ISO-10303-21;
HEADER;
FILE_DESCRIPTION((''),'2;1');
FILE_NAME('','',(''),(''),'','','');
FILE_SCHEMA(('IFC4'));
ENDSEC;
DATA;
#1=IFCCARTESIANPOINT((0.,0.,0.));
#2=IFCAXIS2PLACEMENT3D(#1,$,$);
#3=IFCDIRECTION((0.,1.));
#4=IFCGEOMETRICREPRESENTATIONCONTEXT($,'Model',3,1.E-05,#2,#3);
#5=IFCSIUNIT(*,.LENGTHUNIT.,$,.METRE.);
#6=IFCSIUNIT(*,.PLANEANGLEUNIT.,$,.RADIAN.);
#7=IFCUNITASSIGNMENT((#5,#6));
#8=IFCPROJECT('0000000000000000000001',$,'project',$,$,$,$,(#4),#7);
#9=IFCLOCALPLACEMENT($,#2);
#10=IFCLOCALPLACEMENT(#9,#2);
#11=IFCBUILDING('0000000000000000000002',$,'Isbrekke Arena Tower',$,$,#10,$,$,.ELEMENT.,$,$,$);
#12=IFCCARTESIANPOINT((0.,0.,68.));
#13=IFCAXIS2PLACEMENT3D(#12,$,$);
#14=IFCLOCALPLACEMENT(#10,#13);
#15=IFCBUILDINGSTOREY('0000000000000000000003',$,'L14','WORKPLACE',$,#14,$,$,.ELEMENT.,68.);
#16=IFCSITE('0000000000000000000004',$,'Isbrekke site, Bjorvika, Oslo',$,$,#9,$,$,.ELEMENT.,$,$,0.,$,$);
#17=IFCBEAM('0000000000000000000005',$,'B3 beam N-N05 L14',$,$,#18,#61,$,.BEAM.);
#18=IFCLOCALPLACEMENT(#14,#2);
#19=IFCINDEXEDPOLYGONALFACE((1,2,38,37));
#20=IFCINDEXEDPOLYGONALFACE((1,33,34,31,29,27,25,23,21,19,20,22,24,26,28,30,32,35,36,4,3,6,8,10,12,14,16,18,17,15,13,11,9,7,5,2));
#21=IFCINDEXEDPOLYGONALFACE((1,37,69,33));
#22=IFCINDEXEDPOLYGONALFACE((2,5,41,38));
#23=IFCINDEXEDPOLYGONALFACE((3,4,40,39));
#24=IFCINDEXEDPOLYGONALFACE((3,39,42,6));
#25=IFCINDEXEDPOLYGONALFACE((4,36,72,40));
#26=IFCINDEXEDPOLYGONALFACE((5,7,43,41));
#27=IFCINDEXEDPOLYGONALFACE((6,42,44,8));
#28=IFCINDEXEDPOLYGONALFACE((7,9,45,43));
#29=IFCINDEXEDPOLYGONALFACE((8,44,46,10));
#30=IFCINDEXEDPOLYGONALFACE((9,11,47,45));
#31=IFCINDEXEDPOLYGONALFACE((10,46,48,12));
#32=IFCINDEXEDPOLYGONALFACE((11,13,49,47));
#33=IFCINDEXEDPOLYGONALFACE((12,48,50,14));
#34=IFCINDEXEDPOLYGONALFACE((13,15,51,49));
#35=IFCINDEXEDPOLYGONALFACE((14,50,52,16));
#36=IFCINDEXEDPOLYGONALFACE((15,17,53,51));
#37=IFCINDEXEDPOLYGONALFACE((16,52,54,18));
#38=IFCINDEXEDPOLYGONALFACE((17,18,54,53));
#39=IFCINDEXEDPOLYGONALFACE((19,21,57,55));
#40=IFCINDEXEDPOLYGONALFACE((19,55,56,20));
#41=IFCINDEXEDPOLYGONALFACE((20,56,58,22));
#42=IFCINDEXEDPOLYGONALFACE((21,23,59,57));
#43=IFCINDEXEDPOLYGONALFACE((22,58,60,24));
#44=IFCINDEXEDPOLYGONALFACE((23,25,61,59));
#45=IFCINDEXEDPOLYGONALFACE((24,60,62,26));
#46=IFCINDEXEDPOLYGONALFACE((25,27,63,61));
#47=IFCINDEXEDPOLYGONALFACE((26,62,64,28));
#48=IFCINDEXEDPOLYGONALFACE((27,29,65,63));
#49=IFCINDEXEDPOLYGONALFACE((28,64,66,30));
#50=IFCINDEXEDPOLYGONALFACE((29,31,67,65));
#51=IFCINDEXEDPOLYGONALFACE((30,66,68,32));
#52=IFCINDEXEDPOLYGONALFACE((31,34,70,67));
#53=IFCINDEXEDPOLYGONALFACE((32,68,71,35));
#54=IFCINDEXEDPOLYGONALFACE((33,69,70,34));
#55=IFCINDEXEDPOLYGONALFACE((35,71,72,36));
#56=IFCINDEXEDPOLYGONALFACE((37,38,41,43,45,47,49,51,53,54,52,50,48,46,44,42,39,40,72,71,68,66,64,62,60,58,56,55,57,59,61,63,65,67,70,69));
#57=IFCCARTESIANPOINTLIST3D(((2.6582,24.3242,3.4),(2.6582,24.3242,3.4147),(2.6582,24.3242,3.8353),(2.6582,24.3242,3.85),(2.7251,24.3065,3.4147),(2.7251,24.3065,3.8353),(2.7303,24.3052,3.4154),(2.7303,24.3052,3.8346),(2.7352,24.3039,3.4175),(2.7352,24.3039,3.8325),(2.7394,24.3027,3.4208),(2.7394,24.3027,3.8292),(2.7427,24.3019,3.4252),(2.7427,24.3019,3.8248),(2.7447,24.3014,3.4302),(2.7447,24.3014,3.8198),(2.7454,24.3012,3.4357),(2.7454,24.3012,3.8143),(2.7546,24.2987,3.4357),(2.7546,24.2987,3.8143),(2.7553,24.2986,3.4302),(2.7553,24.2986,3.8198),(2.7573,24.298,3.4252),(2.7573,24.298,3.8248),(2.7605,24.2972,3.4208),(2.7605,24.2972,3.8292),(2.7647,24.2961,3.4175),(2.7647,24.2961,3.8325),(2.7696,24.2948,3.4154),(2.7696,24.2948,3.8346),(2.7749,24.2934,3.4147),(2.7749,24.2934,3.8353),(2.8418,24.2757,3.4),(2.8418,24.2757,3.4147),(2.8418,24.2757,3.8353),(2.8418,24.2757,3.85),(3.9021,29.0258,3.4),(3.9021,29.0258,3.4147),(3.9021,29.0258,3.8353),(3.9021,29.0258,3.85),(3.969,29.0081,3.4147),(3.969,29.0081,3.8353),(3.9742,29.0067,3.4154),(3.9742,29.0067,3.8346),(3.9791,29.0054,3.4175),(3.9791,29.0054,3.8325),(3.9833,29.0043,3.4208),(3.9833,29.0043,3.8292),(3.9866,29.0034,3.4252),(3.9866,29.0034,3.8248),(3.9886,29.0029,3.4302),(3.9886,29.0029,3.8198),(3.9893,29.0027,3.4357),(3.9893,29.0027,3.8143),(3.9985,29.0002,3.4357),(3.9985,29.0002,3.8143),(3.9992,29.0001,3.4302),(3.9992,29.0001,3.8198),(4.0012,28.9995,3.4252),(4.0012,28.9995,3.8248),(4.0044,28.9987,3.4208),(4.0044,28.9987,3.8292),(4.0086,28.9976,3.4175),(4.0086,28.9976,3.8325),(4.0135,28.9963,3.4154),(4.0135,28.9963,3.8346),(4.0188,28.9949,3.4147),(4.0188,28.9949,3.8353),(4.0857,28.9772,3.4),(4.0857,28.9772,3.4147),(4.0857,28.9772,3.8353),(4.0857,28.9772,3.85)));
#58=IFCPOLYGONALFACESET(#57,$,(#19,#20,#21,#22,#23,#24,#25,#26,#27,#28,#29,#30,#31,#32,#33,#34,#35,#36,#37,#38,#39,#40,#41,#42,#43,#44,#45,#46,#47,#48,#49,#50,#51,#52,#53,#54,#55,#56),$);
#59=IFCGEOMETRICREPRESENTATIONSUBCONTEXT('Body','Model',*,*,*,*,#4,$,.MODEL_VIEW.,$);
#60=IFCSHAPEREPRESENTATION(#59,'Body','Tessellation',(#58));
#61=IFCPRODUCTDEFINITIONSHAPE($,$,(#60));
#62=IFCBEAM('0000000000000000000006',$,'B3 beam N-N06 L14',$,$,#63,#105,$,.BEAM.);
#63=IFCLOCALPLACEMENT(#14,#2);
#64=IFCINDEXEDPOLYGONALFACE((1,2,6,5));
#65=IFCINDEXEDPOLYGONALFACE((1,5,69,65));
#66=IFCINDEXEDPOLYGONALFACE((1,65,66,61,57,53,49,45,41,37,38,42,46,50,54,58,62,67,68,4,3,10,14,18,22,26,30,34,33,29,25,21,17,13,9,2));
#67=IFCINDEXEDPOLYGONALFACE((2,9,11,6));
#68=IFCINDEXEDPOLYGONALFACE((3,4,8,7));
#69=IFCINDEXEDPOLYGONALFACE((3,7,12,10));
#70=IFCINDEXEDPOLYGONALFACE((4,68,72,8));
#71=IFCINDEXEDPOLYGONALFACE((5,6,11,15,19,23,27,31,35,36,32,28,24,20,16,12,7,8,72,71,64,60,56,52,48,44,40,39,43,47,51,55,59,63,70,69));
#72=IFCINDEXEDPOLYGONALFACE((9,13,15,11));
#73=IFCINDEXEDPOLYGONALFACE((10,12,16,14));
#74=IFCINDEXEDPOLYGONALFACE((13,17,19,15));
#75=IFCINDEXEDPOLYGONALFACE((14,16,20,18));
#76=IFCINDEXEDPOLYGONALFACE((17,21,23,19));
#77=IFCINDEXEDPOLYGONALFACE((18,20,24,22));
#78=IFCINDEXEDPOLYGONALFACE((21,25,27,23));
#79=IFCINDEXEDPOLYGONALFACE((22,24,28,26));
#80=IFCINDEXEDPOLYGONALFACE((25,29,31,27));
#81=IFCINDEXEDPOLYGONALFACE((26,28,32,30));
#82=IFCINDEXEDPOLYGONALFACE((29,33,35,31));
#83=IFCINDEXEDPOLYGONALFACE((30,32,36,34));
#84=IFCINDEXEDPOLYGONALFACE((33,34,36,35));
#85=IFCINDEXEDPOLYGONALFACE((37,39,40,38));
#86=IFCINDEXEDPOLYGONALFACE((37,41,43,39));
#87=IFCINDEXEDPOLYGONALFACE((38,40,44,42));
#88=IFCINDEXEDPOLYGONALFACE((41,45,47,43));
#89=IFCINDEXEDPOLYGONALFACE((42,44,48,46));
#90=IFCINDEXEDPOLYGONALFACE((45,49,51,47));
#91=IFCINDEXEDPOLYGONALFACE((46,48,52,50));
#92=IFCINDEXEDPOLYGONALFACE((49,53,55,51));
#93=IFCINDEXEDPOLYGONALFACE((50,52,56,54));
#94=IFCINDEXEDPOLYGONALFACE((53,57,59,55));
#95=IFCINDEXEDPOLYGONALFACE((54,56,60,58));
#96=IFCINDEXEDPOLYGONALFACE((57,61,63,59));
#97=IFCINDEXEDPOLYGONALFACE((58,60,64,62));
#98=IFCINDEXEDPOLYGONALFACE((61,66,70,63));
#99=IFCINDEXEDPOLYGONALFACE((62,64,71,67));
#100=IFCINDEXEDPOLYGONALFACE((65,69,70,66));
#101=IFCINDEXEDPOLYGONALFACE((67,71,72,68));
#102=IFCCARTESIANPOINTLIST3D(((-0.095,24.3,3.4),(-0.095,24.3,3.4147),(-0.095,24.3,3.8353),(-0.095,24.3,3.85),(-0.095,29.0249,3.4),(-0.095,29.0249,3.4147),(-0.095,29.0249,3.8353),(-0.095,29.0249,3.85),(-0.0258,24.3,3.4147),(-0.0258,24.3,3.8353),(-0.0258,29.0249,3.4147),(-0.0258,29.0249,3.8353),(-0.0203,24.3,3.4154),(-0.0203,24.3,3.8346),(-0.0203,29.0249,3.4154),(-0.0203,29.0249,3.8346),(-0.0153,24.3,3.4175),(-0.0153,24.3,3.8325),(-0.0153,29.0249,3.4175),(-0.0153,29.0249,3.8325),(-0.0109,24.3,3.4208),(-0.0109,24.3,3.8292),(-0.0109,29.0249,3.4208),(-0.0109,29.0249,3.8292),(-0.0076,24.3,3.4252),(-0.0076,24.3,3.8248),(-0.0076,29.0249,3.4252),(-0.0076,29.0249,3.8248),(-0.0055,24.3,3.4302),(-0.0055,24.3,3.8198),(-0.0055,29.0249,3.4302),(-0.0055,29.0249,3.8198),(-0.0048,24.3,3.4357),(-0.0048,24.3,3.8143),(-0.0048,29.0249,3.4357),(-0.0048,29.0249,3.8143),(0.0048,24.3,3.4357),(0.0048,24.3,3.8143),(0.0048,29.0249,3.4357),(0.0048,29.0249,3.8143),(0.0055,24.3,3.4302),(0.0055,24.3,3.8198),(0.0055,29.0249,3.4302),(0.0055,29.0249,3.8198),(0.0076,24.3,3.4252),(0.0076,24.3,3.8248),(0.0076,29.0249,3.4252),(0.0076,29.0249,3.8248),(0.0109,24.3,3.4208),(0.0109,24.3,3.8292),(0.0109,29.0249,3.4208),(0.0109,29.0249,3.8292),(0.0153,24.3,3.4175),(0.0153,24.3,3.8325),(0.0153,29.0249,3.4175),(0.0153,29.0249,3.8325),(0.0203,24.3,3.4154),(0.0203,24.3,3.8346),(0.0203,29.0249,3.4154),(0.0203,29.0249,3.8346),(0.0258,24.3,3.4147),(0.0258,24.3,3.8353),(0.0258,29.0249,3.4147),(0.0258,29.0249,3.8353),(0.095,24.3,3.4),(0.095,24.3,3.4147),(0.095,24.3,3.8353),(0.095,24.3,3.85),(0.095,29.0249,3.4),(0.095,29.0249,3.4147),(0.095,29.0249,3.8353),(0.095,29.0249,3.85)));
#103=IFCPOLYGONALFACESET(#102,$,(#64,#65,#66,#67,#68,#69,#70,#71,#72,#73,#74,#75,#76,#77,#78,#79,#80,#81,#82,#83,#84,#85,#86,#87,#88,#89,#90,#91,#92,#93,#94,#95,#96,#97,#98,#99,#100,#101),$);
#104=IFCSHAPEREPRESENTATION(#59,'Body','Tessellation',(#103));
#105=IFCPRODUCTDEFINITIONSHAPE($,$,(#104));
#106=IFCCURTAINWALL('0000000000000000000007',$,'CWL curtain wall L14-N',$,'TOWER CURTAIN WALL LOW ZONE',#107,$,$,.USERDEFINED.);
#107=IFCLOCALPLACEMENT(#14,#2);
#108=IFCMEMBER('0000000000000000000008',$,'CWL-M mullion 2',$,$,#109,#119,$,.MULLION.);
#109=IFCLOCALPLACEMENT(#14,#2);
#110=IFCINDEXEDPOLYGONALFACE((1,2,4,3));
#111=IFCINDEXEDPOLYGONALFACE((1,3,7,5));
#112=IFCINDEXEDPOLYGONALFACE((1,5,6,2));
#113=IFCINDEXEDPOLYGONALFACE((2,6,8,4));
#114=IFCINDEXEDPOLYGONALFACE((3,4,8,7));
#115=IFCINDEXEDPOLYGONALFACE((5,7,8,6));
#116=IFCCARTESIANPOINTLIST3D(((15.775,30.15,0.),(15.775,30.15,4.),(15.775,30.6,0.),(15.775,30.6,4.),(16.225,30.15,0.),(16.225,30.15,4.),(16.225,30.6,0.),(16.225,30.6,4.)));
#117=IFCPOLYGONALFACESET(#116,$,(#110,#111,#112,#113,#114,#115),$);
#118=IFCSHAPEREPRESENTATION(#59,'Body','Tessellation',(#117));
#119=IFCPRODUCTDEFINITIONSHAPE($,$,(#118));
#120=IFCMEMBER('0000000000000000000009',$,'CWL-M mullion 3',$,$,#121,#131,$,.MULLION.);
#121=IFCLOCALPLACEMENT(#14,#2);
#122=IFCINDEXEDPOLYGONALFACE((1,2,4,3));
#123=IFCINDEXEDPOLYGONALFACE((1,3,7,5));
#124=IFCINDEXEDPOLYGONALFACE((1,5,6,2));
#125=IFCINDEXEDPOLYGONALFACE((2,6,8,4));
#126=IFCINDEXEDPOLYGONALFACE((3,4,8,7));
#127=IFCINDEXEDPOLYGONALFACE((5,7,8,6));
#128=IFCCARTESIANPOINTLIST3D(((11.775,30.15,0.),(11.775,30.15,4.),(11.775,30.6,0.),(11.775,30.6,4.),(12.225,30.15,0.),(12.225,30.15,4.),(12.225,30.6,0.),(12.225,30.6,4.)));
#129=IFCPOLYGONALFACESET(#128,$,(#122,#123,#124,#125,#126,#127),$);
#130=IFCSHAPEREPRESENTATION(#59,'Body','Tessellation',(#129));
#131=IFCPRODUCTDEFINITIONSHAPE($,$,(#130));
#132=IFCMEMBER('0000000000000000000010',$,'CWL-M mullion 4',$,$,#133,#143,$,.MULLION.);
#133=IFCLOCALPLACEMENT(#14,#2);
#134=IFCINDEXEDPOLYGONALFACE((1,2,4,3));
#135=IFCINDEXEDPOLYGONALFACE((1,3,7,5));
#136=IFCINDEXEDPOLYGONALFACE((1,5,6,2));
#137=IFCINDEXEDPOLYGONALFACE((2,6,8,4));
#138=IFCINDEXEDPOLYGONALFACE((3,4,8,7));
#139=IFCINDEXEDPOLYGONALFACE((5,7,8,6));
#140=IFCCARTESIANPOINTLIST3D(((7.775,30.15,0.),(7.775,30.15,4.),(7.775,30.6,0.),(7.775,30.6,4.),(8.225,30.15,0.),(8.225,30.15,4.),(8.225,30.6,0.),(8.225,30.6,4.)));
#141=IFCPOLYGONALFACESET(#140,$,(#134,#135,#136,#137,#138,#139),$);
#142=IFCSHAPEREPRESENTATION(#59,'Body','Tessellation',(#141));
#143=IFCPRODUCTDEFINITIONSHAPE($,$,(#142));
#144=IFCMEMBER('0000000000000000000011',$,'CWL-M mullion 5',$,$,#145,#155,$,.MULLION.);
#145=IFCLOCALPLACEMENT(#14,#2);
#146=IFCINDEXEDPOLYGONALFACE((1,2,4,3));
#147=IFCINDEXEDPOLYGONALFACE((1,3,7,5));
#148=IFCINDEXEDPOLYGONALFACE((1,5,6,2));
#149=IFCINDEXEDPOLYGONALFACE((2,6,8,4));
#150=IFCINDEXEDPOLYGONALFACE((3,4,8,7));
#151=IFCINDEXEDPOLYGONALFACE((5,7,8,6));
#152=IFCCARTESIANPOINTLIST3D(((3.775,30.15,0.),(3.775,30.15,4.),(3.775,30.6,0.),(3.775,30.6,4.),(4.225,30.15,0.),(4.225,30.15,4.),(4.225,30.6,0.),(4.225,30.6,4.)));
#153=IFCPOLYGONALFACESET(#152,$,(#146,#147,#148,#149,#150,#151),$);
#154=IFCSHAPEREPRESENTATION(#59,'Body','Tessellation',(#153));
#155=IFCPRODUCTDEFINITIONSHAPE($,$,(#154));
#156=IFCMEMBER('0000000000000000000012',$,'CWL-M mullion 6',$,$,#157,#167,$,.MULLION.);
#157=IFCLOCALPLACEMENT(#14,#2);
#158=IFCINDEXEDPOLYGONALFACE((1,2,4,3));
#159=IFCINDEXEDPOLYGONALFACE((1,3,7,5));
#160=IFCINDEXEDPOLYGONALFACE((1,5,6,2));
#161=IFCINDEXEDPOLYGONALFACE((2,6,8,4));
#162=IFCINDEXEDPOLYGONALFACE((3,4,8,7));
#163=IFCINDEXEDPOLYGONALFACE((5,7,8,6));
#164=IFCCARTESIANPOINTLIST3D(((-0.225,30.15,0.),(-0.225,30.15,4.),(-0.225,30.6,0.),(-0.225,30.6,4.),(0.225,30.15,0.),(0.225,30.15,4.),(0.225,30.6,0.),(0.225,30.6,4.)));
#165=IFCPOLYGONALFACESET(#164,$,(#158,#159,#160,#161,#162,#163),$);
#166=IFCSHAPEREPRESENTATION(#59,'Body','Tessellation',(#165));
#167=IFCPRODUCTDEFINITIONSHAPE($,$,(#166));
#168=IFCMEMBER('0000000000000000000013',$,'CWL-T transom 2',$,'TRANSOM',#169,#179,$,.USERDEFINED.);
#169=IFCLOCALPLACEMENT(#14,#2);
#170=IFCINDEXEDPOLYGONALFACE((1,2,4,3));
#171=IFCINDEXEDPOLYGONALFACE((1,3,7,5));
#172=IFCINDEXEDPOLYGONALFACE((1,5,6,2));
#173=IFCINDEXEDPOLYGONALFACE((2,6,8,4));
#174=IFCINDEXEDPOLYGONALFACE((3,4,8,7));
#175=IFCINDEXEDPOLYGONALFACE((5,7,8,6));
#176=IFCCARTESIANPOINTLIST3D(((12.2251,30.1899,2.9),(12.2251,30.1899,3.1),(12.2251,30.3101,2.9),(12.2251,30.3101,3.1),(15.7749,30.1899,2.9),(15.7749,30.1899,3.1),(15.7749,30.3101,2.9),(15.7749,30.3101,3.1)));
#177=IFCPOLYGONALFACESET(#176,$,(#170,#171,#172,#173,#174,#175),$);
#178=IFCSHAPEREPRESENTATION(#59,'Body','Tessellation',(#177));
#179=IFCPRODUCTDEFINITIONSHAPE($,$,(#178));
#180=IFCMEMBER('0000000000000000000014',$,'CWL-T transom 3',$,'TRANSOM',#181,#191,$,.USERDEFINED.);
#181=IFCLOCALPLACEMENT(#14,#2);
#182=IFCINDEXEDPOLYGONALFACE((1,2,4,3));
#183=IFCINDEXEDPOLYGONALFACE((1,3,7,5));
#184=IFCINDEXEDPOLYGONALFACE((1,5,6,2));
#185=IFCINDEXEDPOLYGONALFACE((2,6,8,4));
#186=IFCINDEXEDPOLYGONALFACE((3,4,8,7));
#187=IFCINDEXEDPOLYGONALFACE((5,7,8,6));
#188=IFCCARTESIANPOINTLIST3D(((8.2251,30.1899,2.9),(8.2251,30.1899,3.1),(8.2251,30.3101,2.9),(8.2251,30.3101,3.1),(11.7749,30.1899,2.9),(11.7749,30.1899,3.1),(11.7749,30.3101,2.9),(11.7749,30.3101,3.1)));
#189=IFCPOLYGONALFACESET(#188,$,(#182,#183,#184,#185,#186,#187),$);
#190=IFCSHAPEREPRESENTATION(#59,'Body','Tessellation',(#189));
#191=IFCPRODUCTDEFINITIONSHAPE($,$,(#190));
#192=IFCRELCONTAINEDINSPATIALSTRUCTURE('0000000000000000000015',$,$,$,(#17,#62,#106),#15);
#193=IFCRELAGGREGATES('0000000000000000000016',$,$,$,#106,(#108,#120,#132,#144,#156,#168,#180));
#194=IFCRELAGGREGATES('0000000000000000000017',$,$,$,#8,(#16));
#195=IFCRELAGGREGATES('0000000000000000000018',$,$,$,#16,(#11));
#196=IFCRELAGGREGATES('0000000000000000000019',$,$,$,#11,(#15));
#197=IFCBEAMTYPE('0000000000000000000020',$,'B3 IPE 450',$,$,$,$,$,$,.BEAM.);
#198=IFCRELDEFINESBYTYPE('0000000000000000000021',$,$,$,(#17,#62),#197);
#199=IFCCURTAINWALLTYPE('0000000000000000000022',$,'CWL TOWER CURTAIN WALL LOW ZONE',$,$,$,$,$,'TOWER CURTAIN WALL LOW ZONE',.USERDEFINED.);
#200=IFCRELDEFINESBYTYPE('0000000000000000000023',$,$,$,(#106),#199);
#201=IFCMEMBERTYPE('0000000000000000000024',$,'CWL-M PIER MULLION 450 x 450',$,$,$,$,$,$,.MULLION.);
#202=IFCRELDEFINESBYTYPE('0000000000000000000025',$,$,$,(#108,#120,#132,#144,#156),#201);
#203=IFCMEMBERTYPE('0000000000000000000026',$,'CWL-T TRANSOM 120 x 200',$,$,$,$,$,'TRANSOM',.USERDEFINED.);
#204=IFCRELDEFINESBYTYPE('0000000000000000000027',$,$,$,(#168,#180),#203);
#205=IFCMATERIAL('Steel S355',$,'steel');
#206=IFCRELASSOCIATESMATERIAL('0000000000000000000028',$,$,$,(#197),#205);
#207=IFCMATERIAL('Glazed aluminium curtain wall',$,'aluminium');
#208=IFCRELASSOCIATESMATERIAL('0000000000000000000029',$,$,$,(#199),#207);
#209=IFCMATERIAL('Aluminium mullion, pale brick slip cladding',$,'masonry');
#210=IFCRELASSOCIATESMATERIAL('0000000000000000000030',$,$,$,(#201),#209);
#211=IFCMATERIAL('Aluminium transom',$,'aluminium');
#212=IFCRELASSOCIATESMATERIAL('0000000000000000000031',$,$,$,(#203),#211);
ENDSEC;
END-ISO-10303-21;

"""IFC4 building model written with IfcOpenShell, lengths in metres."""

from ifc_helpers import new_model, si_unit, direction, frame, origin, origin_2d, place, context, subcontext, project, spatial, rectangle, i_section, extrude, material, material_profile, profile_set, type_object, element, aggregate, save


model = new_model("IFC4")

# Units and contexts
model_context = context("Model", 3, precision=1e-05, world=origin(), true_north=direction((0.0, 1.0)))
body_context = subcontext(model_context, "Body", "Model", "MODEL_VIEW")
ifc_project = project(units=[si_unit("LENGTHUNIT", "METRE"), si_unit("PLANEANGLEUNIT", "RADIAN")], contexts=[model_context])

# Site, building, storey
site_placement = place(None, origin())
site = spatial("IfcSite", under=ifc_project, at=site_placement, Name="Isbrekke site, Bjorvika, Oslo", CompositionType="ELEMENT", RefElevation=0.0)
building_placement = place(site_placement, origin())
building = spatial("IfcBuilding", under=site, at=building_placement, Name="Isbrekke Arena Tower", CompositionType="ELEMENT")
storey_placement = place(building_placement, frame((0.0, 0.0, 68.0)))
storey = spatial("IfcBuildingStorey", under=building, at=storey_placement, Name="L14", Description="WORKPLACE", CompositionType="ELEMENT", Elevation=68.0)

# Beams
ifc_material_1 = material(Name="Steel S355", Category="steel")
ifc_material_profile_1 = material_profile(ifc_material_1, i_section(OverallWidth=0.1899, OverallDepth=0.45, WebThickness=0.0095, FlangeThickness=0.0146, FilletRadius=0.021, at=origin_2d()), Name="IPE 450")
ifc_profile_set_1 = profile_set([ifc_material_profile_1], Name="Steel S355")
beam_type_1 = type_object("IfcBeamType", Name="B3 IPE 450", PredefinedType="BEAM", material=ifc_profile_set_1)
beam_1_placement = place(storey_placement, frame((3.9939, 29.0015, 3.625), z_axis=(-0.255778, -0.966736, 0.0), x_axis=(0.966736, -0.255778, 0.0)))
element("IfcBeam", 1, at=beam_1_placement, inside=storey, type_object=beam_type_1, Name="B3 beam N-N05 L14", PredefinedType="BEAM", context=body_context, shape_type="SweptSolid", body=[
    extrude(i_section(OverallWidth=0.1899, OverallDepth=0.45, WebThickness=0.0095, FlangeThickness=0.0146, FilletRadius=0.021, at=origin_2d()), origin(), (0.0, 0.0, 1.0), 4.8633),
])
beam_2_placement = place(storey_placement, frame((0.0, 29.0249, 3.625), z_axis=(0.0, -1.0, 0.0), x_axis=(1.0, 0.0, 0.0)))
element("IfcBeam", 2, at=beam_2_placement, inside=storey, type_object=beam_type_1, Name="B3 beam N-N06 L14", PredefinedType="BEAM", context=body_context, shape_type="SweptSolid", body=[
    extrude(i_section(OverallWidth=0.1899, OverallDepth=0.45, WebThickness=0.0095, FlangeThickness=0.0146, FilletRadius=0.021, at=origin_2d()), origin(), (0.0, 0.0, 1.0), 4.7249),
])

# Curtain wall, members
ifc_material_2 = material(Name="Glazed aluminium curtain wall", Category="aluminium")
curtain_wall_type = type_object("IfcCurtainWallType", Name="CWL TOWER CURTAIN WALL LOW ZONE", ElementType="TOWER CURTAIN WALL LOW ZONE", PredefinedType="USERDEFINED", material=ifc_material_2)
curtain_wall_placement = place(storey_placement, origin())
curtain_wall = element("IfcCurtainWall", 3, at=curtain_wall_placement, inside=storey, type_object=curtain_wall_type, Name="CWL curtain wall L14-N", ObjectType="TOWER CURTAIN WALL LOW ZONE", PredefinedType="USERDEFINED")
ifc_material_3 = material(Name="Aluminium mullion, pale brick slip cladding", Category="masonry")
ifc_material_profile_2 = material_profile(ifc_material_3, rectangle(XDim=0.45, YDim=0.45, at=origin_2d()), Name="PIER 450X450")
ifc_profile_set_2 = profile_set([ifc_material_profile_2], Name="Aluminium mullion, pale brick slip cladding")
member_type_1 = type_object("IfcMemberType", Name="CWL-M PIER MULLION 450 x 450", PredefinedType="MULLION", material=ifc_profile_set_2)
member_1_placement = place(storey_placement, frame((16.0, 30.375, 0.0), z_axis=(0.0, 0.0, 1.0), x_axis=(-1.0, 0.0, 0.0)))
member_1 = element("IfcMember", 4, at=member_1_placement, type_object=member_type_1, Name="CWL-M mullion 2", PredefinedType="MULLION", context=body_context, shape_type="SweptSolid", body=[
    extrude(rectangle(XDim=0.45, YDim=0.45, at=origin_2d()), origin(), (0.0, 0.0, 1.0), 4.0),
])
member_2_placement = place(storey_placement, frame((12.0, 30.375, 0.0), z_axis=(0.0, 0.0, 1.0), x_axis=(-1.0, 0.0, 0.0)))
member_2 = element("IfcMember", 5, at=member_2_placement, type_object=member_type_1, Name="CWL-M mullion 3", PredefinedType="MULLION", context=body_context, shape_type="SweptSolid", body=[
    extrude(rectangle(XDim=0.45, YDim=0.45, at=origin_2d()), origin(), (0.0, 0.0, 1.0), 4.0),
])
member_3_placement = place(storey_placement, frame((8.0, 30.375, 0.0), z_axis=(0.0, 0.0, 1.0), x_axis=(-1.0, 0.0, 0.0)))
member_3 = element("IfcMember", 6, at=member_3_placement, type_object=member_type_1, Name="CWL-M mullion 4", PredefinedType="MULLION", context=body_context, shape_type="SweptSolid", body=[
    extrude(rectangle(XDim=0.45, YDim=0.45, at=origin_2d()), origin(), (0.0, 0.0, 1.0), 4.0),
])
member_4_placement = place(storey_placement, frame((4.0, 30.375, 0.0), z_axis=(0.0, 0.0, 1.0), x_axis=(-1.0, 0.0, 0.0)))
member_4 = element("IfcMember", 7, at=member_4_placement, type_object=member_type_1, Name="CWL-M mullion 5", PredefinedType="MULLION", context=body_context, shape_type="SweptSolid", body=[
    extrude(rectangle(XDim=0.45, YDim=0.45, at=origin_2d()), origin(), (0.0, 0.0, 1.0), 4.0),
])
member_5_placement = place(storey_placement, frame((0.0, 30.375, 0.0), z_axis=(0.0, 0.0, 1.0), x_axis=(-1.0, 0.0, 0.0)))
member_5 = element("IfcMember", 8, at=member_5_placement, type_object=member_type_1, Name="CWL-M mullion 6", PredefinedType="MULLION", context=body_context, shape_type="SweptSolid", body=[
    extrude(rectangle(XDim=0.45, YDim=0.45, at=origin_2d()), origin(), (0.0, 0.0, 1.0), 4.0),
])
ifc_material_4 = material(Name="Aluminium transom", Category="aluminium")
ifc_material_profile_3 = material_profile(ifc_material_4, rectangle(XDim=0.1201, YDim=0.2, at=origin_2d()), Name="TRANSOM 120X200")
ifc_profile_set_3 = profile_set([ifc_material_profile_3], Name="Aluminium transom")
member_type_2 = type_object("IfcMemberType", Name="CWL-T TRANSOM 120 x 200", ElementType="TRANSOM", PredefinedType="USERDEFINED", material=ifc_profile_set_3)
member_6_placement = place(storey_placement, frame((15.7749, 30.25, 3.0), z_axis=(-1.0, 0.0, 0.0), x_axis=(0.0, -1.0, 0.0)))
member_6 = element("IfcMember", 9, at=member_6_placement, type_object=member_type_2, Name="CWL-T transom 2", ObjectType="TRANSOM", PredefinedType="USERDEFINED", context=body_context, shape_type="SweptSolid", body=[
    extrude(rectangle(XDim=0.1201, YDim=0.2, at=origin_2d()), origin(), (0.0, 0.0, 1.0), 3.5498),
])
member_7_placement = place(storey_placement, frame((11.7749, 30.25, 3.0), z_axis=(-1.0, 0.0, 0.0), x_axis=(0.0, -1.0, 0.0)))
member_7 = element("IfcMember", 10, at=member_7_placement, type_object=member_type_2, Name="CWL-T transom 3", ObjectType="TRANSOM", PredefinedType="USERDEFINED", context=body_context, shape_type="SweptSolid", body=[
    extrude(rectangle(XDim=0.1201, YDim=0.2, at=origin_2d()), origin(), (0.0, 0.0, 1.0), 3.5498),
])

aggregate(curtain_wall, [member_1, member_2, member_3, member_4, member_5, member_6, member_7])

save(model, "model.ifc")
